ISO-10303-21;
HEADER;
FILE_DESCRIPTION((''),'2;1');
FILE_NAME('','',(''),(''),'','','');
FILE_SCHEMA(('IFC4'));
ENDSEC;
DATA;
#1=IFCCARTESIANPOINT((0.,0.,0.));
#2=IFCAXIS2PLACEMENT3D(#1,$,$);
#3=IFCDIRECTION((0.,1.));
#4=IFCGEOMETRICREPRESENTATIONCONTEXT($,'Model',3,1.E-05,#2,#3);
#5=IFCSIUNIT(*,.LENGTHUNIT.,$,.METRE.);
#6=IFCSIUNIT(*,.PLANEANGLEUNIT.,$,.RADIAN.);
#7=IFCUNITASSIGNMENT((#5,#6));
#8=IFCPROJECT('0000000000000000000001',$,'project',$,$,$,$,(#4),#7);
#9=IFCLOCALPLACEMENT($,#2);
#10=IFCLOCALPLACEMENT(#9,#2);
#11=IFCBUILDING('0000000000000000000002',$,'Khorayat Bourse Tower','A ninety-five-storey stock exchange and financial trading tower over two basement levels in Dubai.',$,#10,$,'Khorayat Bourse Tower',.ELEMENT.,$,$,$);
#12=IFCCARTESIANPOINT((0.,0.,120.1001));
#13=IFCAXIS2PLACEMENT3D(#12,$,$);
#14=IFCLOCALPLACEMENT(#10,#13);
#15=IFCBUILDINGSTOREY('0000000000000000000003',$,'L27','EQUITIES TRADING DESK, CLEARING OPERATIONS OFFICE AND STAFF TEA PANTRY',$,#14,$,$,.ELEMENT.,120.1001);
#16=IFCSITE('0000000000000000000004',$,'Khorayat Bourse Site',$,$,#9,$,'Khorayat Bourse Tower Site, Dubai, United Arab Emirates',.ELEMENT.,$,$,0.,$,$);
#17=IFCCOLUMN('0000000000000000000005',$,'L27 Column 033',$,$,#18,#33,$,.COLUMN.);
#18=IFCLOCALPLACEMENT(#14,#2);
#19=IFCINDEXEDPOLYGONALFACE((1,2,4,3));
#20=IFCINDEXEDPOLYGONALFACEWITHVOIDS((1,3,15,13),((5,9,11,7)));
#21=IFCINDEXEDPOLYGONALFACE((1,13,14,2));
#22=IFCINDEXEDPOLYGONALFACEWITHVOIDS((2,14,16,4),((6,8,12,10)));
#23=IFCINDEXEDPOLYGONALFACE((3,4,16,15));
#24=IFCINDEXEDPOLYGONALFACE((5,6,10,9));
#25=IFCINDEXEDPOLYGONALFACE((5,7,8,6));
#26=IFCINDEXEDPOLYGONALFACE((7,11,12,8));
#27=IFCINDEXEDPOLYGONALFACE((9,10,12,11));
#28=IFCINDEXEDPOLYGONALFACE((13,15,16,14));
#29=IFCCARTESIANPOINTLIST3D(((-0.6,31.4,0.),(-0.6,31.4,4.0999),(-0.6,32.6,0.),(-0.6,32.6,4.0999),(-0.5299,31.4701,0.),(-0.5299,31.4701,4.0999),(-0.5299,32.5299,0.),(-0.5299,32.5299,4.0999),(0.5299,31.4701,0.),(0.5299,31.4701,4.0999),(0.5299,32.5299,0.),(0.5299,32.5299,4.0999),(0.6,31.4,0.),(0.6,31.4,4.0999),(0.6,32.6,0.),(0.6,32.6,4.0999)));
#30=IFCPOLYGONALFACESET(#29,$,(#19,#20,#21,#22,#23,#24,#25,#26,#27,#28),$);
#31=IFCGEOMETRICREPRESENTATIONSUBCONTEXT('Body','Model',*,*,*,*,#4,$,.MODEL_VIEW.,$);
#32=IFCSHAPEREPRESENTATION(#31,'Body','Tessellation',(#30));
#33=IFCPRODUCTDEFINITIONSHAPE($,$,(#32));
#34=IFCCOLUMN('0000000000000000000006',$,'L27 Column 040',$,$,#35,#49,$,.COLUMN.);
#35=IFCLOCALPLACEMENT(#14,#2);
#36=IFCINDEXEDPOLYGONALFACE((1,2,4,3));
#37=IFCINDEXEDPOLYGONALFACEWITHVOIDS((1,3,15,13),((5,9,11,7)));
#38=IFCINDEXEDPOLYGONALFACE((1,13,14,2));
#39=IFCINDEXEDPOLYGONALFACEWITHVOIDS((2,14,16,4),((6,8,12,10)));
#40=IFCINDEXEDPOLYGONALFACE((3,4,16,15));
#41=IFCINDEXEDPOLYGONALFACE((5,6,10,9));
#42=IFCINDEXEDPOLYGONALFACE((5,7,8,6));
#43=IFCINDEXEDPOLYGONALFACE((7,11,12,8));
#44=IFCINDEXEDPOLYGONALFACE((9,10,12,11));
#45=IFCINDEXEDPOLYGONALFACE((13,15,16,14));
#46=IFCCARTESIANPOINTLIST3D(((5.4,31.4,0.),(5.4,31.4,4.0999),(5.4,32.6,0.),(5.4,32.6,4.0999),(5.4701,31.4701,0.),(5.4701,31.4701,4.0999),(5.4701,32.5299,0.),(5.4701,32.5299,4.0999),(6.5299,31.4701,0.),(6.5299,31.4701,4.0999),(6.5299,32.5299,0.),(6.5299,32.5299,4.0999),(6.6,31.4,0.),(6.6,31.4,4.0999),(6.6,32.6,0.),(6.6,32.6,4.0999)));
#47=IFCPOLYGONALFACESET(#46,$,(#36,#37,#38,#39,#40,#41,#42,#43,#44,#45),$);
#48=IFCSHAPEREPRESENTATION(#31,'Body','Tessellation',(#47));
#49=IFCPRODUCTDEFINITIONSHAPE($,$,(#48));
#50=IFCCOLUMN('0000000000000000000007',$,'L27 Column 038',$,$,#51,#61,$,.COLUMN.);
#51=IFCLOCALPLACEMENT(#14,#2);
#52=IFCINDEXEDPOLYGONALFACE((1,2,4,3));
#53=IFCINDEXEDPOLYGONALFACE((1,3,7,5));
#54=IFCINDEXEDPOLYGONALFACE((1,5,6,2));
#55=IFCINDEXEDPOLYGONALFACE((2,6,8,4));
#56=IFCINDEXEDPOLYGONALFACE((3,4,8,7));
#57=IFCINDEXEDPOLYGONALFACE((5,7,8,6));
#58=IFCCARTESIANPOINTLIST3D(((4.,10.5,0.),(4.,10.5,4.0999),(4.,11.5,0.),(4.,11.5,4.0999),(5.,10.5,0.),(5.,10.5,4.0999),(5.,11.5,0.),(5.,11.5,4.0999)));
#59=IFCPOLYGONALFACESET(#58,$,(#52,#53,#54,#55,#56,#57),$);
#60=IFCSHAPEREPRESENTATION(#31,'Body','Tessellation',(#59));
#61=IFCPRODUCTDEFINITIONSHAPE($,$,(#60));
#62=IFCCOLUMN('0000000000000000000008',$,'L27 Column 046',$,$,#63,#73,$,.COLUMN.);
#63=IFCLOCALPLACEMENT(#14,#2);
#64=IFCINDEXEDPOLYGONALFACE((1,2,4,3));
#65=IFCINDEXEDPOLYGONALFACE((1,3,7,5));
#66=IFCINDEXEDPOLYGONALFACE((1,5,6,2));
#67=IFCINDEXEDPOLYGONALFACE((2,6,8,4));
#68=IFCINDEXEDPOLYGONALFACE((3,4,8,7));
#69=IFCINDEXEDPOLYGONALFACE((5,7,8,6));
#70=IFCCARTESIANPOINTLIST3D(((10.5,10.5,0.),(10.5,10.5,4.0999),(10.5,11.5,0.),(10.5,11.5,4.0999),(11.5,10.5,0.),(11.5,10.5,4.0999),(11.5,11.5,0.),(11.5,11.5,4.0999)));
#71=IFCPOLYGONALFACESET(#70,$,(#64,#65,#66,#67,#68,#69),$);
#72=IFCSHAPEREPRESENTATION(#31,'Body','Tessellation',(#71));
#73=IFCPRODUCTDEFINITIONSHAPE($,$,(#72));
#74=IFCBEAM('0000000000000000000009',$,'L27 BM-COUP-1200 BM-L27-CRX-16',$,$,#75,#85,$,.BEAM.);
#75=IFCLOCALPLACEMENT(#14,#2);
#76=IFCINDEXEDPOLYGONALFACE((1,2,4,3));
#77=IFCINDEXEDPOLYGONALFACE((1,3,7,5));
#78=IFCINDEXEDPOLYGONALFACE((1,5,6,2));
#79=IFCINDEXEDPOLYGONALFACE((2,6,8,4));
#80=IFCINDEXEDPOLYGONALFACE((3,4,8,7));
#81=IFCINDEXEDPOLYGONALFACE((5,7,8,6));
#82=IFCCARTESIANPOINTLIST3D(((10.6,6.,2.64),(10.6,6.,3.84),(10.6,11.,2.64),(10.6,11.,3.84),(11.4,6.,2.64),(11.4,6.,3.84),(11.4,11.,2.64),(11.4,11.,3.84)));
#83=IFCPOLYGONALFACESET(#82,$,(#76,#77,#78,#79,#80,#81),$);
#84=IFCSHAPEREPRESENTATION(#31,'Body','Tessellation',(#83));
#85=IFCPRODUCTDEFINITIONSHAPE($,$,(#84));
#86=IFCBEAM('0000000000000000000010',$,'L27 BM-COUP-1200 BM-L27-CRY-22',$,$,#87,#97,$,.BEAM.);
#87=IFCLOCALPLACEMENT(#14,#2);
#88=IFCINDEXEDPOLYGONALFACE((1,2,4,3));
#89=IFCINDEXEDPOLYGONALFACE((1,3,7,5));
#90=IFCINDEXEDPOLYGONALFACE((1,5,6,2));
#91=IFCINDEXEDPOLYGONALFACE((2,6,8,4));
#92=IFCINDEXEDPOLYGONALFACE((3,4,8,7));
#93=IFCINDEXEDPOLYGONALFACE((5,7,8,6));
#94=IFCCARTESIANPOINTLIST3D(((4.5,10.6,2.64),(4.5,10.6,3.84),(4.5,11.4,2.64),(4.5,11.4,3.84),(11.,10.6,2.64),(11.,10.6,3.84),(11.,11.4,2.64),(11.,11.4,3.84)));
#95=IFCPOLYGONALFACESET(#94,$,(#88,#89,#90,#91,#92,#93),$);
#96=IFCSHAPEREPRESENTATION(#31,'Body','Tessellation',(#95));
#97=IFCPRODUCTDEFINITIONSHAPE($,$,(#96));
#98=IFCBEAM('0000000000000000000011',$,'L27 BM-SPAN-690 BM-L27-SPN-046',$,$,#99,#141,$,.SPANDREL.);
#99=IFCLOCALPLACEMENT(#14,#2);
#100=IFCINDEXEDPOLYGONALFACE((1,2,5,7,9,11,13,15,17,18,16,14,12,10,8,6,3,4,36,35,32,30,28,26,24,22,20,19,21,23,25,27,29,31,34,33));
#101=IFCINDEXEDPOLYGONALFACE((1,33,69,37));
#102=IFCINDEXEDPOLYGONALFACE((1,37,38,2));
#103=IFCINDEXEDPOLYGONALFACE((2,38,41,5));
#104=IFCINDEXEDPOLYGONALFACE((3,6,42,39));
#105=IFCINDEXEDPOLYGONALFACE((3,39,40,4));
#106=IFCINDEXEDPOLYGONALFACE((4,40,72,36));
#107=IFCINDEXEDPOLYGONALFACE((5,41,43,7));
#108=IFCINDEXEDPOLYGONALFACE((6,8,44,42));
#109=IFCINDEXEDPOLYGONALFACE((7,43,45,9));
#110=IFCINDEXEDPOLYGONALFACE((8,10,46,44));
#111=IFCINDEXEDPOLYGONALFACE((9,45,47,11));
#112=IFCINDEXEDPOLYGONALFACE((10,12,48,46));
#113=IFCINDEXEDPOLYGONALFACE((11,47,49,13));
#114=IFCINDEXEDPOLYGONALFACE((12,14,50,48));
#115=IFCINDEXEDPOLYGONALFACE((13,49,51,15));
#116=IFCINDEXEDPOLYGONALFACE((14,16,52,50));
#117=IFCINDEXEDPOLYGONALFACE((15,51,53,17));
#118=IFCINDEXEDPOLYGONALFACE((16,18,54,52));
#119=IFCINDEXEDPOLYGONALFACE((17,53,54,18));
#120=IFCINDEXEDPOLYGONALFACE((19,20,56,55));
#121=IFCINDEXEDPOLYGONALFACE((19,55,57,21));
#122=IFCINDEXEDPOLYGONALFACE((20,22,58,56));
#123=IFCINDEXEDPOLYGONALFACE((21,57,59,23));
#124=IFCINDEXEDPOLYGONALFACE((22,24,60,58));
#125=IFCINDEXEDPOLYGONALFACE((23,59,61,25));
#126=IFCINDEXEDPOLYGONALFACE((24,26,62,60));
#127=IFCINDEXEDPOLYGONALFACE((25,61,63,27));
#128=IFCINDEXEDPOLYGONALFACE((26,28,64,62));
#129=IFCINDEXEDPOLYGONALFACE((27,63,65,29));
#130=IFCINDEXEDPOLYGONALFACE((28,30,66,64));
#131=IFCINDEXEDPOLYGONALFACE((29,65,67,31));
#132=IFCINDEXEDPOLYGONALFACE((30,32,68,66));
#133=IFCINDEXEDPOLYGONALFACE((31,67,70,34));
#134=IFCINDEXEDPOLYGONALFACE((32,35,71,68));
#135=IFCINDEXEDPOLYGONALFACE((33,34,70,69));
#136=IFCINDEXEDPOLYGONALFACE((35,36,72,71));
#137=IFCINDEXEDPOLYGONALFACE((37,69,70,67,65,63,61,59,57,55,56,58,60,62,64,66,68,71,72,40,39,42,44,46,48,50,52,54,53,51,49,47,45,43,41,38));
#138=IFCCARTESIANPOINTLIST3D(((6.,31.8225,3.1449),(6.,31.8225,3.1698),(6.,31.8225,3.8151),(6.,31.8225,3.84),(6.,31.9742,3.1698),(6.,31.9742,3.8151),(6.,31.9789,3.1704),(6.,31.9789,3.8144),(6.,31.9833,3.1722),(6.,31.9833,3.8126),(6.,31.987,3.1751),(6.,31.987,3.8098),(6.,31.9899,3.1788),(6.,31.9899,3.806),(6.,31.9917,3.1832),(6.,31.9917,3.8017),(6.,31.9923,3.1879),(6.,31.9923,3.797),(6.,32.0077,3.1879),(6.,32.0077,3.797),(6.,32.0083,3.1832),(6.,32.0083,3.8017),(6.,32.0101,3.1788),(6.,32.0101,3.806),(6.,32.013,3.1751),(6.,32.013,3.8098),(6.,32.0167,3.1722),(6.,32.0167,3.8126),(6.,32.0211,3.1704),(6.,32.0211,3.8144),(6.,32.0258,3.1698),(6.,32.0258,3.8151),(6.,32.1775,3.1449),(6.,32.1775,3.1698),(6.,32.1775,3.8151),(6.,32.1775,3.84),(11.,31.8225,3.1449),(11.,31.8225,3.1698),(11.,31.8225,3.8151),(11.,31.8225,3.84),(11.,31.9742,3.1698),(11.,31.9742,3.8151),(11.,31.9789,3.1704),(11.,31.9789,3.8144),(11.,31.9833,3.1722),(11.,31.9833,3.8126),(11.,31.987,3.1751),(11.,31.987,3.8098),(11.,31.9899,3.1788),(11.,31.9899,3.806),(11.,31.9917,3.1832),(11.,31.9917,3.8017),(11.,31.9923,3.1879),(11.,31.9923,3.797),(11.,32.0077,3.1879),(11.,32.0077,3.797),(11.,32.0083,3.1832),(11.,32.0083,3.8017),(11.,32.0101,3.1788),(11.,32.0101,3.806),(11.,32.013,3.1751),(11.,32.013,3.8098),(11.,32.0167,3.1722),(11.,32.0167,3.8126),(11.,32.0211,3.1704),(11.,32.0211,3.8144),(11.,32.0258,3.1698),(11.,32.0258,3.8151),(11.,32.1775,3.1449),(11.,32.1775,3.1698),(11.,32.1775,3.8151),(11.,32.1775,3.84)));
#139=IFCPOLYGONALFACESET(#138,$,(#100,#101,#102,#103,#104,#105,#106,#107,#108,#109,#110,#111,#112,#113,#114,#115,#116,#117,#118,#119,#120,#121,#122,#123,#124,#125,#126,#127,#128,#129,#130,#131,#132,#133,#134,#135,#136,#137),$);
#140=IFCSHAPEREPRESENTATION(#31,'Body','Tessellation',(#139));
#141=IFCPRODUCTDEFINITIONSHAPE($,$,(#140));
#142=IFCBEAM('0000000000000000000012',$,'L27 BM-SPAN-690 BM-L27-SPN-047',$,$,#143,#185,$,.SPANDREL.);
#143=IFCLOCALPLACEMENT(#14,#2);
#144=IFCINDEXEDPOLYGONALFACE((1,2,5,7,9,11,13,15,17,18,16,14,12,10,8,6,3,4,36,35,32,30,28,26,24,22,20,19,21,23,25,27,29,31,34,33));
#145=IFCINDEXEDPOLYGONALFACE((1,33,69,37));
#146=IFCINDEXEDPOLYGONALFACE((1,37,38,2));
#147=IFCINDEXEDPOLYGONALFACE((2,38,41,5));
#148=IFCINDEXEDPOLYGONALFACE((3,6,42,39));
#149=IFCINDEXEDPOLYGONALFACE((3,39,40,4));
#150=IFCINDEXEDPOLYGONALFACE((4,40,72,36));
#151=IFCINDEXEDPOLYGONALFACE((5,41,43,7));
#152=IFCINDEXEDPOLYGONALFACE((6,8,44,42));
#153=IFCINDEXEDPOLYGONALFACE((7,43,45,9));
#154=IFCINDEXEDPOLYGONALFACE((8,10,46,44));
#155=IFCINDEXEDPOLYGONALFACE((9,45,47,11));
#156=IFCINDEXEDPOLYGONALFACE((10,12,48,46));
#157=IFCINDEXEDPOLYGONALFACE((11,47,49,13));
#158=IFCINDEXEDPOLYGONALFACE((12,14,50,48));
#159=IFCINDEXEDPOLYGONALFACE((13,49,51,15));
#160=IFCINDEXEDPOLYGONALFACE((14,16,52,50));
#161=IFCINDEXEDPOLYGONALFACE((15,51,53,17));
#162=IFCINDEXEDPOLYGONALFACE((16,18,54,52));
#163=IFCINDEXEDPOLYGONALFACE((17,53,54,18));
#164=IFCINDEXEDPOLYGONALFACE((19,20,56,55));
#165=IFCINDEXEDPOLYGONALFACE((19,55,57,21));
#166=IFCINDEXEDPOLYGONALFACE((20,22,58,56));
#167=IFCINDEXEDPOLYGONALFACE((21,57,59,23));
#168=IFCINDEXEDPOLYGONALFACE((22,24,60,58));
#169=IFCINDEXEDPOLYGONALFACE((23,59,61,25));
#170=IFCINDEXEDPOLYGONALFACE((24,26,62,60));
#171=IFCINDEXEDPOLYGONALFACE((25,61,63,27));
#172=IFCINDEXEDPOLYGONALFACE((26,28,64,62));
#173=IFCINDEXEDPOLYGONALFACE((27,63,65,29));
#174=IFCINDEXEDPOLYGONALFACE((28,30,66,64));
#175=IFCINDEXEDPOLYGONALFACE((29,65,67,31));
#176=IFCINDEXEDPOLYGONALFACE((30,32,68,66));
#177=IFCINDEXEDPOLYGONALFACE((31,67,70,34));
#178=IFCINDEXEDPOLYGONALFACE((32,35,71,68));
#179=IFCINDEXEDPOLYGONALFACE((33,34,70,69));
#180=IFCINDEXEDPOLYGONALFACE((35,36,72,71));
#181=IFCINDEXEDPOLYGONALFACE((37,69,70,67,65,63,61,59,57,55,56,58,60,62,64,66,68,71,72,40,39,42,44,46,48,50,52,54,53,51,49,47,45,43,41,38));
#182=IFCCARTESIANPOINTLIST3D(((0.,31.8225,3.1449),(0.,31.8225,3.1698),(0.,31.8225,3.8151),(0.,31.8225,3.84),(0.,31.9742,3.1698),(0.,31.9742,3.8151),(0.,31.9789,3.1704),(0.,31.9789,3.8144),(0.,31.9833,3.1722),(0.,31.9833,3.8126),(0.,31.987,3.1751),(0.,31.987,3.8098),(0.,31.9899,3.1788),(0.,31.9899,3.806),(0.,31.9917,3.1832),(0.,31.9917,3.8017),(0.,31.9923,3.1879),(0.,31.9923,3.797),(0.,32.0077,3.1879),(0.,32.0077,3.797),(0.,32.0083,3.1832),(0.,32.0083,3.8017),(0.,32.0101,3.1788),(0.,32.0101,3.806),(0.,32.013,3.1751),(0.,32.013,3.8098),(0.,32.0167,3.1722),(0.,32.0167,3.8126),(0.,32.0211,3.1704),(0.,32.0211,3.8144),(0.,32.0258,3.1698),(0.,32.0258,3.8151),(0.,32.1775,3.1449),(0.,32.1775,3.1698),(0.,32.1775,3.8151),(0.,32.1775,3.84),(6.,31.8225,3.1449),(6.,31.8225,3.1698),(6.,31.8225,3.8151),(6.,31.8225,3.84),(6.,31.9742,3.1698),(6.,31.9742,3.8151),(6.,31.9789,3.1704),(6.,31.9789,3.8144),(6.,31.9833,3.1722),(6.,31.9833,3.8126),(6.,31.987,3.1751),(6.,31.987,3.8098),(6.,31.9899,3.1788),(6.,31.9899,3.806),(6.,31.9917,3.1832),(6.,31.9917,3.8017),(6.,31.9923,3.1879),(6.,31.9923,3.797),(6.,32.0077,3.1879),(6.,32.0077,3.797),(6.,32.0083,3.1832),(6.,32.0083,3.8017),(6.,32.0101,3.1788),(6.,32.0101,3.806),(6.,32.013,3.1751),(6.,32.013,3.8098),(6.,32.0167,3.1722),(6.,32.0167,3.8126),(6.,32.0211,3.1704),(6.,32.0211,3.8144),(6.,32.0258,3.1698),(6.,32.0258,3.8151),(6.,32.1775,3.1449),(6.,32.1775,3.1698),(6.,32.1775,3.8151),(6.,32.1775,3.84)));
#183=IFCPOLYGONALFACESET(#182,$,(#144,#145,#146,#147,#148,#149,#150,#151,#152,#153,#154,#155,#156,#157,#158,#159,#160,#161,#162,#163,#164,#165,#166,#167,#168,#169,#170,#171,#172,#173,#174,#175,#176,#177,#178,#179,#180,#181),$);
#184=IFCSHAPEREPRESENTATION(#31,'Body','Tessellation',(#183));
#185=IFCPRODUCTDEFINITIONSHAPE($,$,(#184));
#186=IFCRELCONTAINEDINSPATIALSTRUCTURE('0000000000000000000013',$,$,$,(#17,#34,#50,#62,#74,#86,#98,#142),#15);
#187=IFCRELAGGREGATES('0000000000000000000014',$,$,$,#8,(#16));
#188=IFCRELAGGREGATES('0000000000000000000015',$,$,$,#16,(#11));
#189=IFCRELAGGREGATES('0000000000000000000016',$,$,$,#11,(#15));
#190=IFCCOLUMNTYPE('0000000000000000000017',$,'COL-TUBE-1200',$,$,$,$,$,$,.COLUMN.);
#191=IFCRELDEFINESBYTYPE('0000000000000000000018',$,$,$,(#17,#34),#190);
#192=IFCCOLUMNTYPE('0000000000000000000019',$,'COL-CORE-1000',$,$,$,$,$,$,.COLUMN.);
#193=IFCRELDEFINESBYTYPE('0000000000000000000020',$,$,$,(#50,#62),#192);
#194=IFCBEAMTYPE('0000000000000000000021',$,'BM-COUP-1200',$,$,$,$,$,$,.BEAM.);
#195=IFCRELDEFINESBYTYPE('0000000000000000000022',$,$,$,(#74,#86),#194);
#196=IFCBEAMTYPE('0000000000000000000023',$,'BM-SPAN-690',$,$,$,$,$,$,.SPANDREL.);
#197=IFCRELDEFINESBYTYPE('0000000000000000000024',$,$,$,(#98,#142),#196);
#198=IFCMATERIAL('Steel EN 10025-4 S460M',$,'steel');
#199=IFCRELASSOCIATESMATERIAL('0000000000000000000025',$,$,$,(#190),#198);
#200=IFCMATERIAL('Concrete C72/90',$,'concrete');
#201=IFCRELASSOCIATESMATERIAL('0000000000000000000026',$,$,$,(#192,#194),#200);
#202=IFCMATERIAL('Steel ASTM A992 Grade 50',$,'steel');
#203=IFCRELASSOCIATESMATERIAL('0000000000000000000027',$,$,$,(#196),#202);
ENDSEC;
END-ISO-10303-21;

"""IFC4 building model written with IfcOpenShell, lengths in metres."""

from ifc_helpers import new_model, si_unit, direction, frame, origin, origin_2d, place, context, subcontext, project, spatial, rectangle, hollow_rectangle, i_section, extrude, source, transform, mapped, material, material_profile, profile_set, type_object, element, save


model = new_model("IFC4")

# Units and contexts
model_context = context("Model", 3, precision=1e-05, world=origin(), true_north=direction((0.0, 1.0)))
body_context = subcontext(model_context, "Body", "Model", "MODEL_VIEW")
ifc_project = project(units=[si_unit("LENGTHUNIT", "METRE"), si_unit("PLANEANGLEUNIT", "RADIAN")], contexts=[model_context])

# Site, building, storey
site_placement = place(None, origin())
site = spatial("IfcSite", under=ifc_project, at=site_placement, Name="Khorayat Bourse Site", LongName="Khorayat Bourse Tower Site, Dubai, United Arab Emirates", CompositionType="ELEMENT", RefElevation=0.0)
building_placement = place(site_placement, origin())
building = spatial("IfcBuilding", under=site, at=building_placement, Name="Khorayat Bourse Tower", Description="A ninety-five-storey stock exchange and financial trading tower over two basement levels in Dubai.", LongName="Khorayat Bourse Tower", CompositionType="ELEMENT")
storey_placement = place(building_placement, frame((0.0, 0.0, 120.1001)))
storey = spatial("IfcBuildingStorey", under=building, at=storey_placement, Name="L27", Description="EQUITIES TRADING DESK, CLEARING OPERATIONS OFFICE AND STAFF TEA PANTRY", CompositionType="ELEMENT", Elevation=120.1001)

# Columns
ifc_material_1 = material(Name="Steel EN 10025-4 S460M", Category="steel")
ifc_material_profile_1 = material_profile(ifc_material_1, hollow_rectangle(XDim=1.2, YDim=1.2, WallThickness=0.0701, at=origin_2d()), Name="BOX 1200x1200x70")
ifc_profile_set_1 = profile_set([ifc_material_profile_1], Name="Steel EN 10025-4 S460M")
column_type_1 = type_object("IfcColumnType", Name="COL-TUBE-1200", PredefinedType="COLUMN", material=ifc_profile_set_1)
shared_shape_1 = source(origin(), body_context, "Body", "SweptSolid", [
    extrude(hollow_rectangle(XDim=1.2, YDim=1.2, WallThickness=0.0701, at=origin_2d()), origin(), (0.0, 0.0, 1.0), 4.0999),
])
for number, where, z_axis, x_axis, name in (
    (1, (0.0, 32.0, 0.0), (0.0, 0.0, 1.0), (1.0, 0.0, 0.0), "L27 Column 033"),
    (2, (6.0, 32.0, 0.0), (0.0, 0.0, 1.0), (1.0, 0.0, 0.0), "L27 Column 040"),
):
    element("IfcColumn", number, at=place(storey_placement, frame(where, z_axis=z_axis, x_axis=x_axis)), inside=storey, type_object=column_type_1, Name=name, PredefinedType="COLUMN", context=body_context, shape_type="MappedRepresentation", body=[
        mapped(shared_shape_1, transform((0.0, 0.0, 0.0), scale=1.0)),
    ])
ifc_material_2 = material(Name="Concrete C72/90", Category="concrete")
ifc_material_profile_2 = material_profile(ifc_material_2, rectangle(XDim=1.0, YDim=1.0, at=origin_2d()), Name="RC 1000x1000")
ifc_profile_set_2 = profile_set([ifc_material_profile_2], Name="Concrete C72/90")
column_type_2 = type_object("IfcColumnType", Name="COL-CORE-1000", PredefinedType="COLUMN", material=ifc_profile_set_2)
shared_shape_2 = source(origin(), body_context, "Body", "SweptSolid", [
    extrude(rectangle(XDim=1.0, YDim=1.0, at=origin_2d()), origin(), (0.0, 0.0, 1.0), 4.0999),
])
for number, where, z_axis, x_axis, name in (
    (3, (4.5, 11.0, 0.0), (0.0, 0.0, 1.0), (1.0, 0.0, 0.0), "L27 Column 038"),
    (4, (11.0, 11.0, 0.0), (0.0, 0.0, 1.0), (1.0, 0.0, 0.0), "L27 Column 046"),
):
    element("IfcColumn", number, at=place(storey_placement, frame(where, z_axis=z_axis, x_axis=x_axis)), inside=storey, type_object=column_type_2, Name=name, PredefinedType="COLUMN", context=body_context, shape_type="MappedRepresentation", body=[
        mapped(shared_shape_2, transform((0.0, 0.0, 0.0), scale=1.0)),
    ])

# Beams
ifc_material_profile_3 = material_profile(ifc_material_2, rectangle(XDim=0.8, YDim=1.2, at=origin_2d()), Name="RC 800x1200")
ifc_profile_set_3 = profile_set([ifc_material_profile_3], Name="Concrete C72/90")
beam_type_1 = type_object("IfcBeamType", Name="BM-COUP-1200", PredefinedType="BEAM", material=ifc_profile_set_3)
shared_shape_3 = source(origin(), body_context, "Body", "SweptSolid", [
    extrude(rectangle(XDim=0.8, YDim=1.2, at=origin_2d()), origin(), (0.0, 0.0, 1.0), 5.0),
])
beam_1_placement = place(storey_placement, frame((11.0, 6.0, 3.24), z_axis=(0.0, 1.0, 0.0), x_axis=(-1.0, 0.0, 0.0)))
element("IfcBeam", 5, at=beam_1_placement, inside=storey, type_object=beam_type_1, Name="L27 BM-COUP-1200 BM-L27-CRX-16", PredefinedType="BEAM", context=body_context, shape_type="MappedRepresentation", body=[
    mapped(shared_shape_3, transform((0.0, 0.0, 0.0), scale=1.0)),
])
shared_shape_4 = source(origin(), body_context, "Body", "SweptSolid", [
    extrude(rectangle(XDim=0.8, YDim=1.2, at=origin_2d()), origin(), (0.0, 0.0, 1.0), 6.5),
])
beam_2_placement = place(storey_placement, frame((4.5, 11.0, 3.24), z_axis=(1.0, 0.0, 0.0), x_axis=(0.0, 1.0, 0.0)))
element("IfcBeam", 6, at=beam_2_placement, inside=storey, type_object=beam_type_1, Name="L27 BM-COUP-1200 BM-L27-CRY-22", PredefinedType="BEAM", context=body_context, shape_type="MappedRepresentation", body=[
    mapped(shared_shape_4, transform((0.0, 0.0, 0.0), scale=1.0)),
])
ifc_material_3 = material(Name="Steel ASTM A992 Grade 50", Category="steel")
ifc_material_profile_4 = material_profile(ifc_material_3, i_section(OverallWidth=0.355, OverallDepth=0.6951, WebThickness=0.0154, FlangeThickness=0.0249, FilletRadius=0.0181, at=origin_2d()), Name="W690X217")
ifc_profile_set_4 = profile_set([ifc_material_profile_4], Name="Steel ASTM A992 Grade 50")
beam_type_2 = type_object("IfcBeamType", Name="BM-SPAN-690", PredefinedType="SPANDREL", material=ifc_profile_set_4)
shared_shape_5 = source(origin(), body_context, "Body", "SweptSolid", [
    extrude(i_section(OverallWidth=0.355, OverallDepth=0.6951, WebThickness=0.0154, FlangeThickness=0.0249, FilletRadius=0.0181, at=origin_2d()), origin(), (0.0, 0.0, 1.0), 5.0),
])
beam_3_placement = place(storey_placement, frame((6.0, 32.0, 3.4924), z_axis=(1.0, 0.0, 0.0), x_axis=(0.0, 1.0, 0.0)))
element("IfcBeam", 7, at=beam_3_placement, inside=storey, type_object=beam_type_2, Name="L27 BM-SPAN-690 BM-L27-SPN-046", PredefinedType="SPANDREL", context=body_context, shape_type="MappedRepresentation", body=[
    mapped(shared_shape_5, transform((0.0, 0.0, 0.0), scale=1.0)),
])
shared_shape_6 = source(origin(), body_context, "Body", "SweptSolid", [
    extrude(i_section(OverallWidth=0.355, OverallDepth=0.6951, WebThickness=0.0154, FlangeThickness=0.0249, FilletRadius=0.0181, at=origin_2d()), origin(), (0.0, 0.0, 1.0), 6.0),
])
beam_4_placement = place(storey_placement, frame((0.0, 32.0, 3.4924), z_axis=(1.0, 0.0, 0.0), x_axis=(0.0, 1.0, 0.0)))
element("IfcBeam", 8, at=beam_4_placement, inside=storey, type_object=beam_type_2, Name="L27 BM-SPAN-690 BM-L27-SPN-047", PredefinedType="SPANDREL", context=body_context, shape_type="MappedRepresentation", body=[
    mapped(shared_shape_6, transform((0.0, 0.0, 0.0), scale=1.0)),
])

save(model, "model.ifc")
